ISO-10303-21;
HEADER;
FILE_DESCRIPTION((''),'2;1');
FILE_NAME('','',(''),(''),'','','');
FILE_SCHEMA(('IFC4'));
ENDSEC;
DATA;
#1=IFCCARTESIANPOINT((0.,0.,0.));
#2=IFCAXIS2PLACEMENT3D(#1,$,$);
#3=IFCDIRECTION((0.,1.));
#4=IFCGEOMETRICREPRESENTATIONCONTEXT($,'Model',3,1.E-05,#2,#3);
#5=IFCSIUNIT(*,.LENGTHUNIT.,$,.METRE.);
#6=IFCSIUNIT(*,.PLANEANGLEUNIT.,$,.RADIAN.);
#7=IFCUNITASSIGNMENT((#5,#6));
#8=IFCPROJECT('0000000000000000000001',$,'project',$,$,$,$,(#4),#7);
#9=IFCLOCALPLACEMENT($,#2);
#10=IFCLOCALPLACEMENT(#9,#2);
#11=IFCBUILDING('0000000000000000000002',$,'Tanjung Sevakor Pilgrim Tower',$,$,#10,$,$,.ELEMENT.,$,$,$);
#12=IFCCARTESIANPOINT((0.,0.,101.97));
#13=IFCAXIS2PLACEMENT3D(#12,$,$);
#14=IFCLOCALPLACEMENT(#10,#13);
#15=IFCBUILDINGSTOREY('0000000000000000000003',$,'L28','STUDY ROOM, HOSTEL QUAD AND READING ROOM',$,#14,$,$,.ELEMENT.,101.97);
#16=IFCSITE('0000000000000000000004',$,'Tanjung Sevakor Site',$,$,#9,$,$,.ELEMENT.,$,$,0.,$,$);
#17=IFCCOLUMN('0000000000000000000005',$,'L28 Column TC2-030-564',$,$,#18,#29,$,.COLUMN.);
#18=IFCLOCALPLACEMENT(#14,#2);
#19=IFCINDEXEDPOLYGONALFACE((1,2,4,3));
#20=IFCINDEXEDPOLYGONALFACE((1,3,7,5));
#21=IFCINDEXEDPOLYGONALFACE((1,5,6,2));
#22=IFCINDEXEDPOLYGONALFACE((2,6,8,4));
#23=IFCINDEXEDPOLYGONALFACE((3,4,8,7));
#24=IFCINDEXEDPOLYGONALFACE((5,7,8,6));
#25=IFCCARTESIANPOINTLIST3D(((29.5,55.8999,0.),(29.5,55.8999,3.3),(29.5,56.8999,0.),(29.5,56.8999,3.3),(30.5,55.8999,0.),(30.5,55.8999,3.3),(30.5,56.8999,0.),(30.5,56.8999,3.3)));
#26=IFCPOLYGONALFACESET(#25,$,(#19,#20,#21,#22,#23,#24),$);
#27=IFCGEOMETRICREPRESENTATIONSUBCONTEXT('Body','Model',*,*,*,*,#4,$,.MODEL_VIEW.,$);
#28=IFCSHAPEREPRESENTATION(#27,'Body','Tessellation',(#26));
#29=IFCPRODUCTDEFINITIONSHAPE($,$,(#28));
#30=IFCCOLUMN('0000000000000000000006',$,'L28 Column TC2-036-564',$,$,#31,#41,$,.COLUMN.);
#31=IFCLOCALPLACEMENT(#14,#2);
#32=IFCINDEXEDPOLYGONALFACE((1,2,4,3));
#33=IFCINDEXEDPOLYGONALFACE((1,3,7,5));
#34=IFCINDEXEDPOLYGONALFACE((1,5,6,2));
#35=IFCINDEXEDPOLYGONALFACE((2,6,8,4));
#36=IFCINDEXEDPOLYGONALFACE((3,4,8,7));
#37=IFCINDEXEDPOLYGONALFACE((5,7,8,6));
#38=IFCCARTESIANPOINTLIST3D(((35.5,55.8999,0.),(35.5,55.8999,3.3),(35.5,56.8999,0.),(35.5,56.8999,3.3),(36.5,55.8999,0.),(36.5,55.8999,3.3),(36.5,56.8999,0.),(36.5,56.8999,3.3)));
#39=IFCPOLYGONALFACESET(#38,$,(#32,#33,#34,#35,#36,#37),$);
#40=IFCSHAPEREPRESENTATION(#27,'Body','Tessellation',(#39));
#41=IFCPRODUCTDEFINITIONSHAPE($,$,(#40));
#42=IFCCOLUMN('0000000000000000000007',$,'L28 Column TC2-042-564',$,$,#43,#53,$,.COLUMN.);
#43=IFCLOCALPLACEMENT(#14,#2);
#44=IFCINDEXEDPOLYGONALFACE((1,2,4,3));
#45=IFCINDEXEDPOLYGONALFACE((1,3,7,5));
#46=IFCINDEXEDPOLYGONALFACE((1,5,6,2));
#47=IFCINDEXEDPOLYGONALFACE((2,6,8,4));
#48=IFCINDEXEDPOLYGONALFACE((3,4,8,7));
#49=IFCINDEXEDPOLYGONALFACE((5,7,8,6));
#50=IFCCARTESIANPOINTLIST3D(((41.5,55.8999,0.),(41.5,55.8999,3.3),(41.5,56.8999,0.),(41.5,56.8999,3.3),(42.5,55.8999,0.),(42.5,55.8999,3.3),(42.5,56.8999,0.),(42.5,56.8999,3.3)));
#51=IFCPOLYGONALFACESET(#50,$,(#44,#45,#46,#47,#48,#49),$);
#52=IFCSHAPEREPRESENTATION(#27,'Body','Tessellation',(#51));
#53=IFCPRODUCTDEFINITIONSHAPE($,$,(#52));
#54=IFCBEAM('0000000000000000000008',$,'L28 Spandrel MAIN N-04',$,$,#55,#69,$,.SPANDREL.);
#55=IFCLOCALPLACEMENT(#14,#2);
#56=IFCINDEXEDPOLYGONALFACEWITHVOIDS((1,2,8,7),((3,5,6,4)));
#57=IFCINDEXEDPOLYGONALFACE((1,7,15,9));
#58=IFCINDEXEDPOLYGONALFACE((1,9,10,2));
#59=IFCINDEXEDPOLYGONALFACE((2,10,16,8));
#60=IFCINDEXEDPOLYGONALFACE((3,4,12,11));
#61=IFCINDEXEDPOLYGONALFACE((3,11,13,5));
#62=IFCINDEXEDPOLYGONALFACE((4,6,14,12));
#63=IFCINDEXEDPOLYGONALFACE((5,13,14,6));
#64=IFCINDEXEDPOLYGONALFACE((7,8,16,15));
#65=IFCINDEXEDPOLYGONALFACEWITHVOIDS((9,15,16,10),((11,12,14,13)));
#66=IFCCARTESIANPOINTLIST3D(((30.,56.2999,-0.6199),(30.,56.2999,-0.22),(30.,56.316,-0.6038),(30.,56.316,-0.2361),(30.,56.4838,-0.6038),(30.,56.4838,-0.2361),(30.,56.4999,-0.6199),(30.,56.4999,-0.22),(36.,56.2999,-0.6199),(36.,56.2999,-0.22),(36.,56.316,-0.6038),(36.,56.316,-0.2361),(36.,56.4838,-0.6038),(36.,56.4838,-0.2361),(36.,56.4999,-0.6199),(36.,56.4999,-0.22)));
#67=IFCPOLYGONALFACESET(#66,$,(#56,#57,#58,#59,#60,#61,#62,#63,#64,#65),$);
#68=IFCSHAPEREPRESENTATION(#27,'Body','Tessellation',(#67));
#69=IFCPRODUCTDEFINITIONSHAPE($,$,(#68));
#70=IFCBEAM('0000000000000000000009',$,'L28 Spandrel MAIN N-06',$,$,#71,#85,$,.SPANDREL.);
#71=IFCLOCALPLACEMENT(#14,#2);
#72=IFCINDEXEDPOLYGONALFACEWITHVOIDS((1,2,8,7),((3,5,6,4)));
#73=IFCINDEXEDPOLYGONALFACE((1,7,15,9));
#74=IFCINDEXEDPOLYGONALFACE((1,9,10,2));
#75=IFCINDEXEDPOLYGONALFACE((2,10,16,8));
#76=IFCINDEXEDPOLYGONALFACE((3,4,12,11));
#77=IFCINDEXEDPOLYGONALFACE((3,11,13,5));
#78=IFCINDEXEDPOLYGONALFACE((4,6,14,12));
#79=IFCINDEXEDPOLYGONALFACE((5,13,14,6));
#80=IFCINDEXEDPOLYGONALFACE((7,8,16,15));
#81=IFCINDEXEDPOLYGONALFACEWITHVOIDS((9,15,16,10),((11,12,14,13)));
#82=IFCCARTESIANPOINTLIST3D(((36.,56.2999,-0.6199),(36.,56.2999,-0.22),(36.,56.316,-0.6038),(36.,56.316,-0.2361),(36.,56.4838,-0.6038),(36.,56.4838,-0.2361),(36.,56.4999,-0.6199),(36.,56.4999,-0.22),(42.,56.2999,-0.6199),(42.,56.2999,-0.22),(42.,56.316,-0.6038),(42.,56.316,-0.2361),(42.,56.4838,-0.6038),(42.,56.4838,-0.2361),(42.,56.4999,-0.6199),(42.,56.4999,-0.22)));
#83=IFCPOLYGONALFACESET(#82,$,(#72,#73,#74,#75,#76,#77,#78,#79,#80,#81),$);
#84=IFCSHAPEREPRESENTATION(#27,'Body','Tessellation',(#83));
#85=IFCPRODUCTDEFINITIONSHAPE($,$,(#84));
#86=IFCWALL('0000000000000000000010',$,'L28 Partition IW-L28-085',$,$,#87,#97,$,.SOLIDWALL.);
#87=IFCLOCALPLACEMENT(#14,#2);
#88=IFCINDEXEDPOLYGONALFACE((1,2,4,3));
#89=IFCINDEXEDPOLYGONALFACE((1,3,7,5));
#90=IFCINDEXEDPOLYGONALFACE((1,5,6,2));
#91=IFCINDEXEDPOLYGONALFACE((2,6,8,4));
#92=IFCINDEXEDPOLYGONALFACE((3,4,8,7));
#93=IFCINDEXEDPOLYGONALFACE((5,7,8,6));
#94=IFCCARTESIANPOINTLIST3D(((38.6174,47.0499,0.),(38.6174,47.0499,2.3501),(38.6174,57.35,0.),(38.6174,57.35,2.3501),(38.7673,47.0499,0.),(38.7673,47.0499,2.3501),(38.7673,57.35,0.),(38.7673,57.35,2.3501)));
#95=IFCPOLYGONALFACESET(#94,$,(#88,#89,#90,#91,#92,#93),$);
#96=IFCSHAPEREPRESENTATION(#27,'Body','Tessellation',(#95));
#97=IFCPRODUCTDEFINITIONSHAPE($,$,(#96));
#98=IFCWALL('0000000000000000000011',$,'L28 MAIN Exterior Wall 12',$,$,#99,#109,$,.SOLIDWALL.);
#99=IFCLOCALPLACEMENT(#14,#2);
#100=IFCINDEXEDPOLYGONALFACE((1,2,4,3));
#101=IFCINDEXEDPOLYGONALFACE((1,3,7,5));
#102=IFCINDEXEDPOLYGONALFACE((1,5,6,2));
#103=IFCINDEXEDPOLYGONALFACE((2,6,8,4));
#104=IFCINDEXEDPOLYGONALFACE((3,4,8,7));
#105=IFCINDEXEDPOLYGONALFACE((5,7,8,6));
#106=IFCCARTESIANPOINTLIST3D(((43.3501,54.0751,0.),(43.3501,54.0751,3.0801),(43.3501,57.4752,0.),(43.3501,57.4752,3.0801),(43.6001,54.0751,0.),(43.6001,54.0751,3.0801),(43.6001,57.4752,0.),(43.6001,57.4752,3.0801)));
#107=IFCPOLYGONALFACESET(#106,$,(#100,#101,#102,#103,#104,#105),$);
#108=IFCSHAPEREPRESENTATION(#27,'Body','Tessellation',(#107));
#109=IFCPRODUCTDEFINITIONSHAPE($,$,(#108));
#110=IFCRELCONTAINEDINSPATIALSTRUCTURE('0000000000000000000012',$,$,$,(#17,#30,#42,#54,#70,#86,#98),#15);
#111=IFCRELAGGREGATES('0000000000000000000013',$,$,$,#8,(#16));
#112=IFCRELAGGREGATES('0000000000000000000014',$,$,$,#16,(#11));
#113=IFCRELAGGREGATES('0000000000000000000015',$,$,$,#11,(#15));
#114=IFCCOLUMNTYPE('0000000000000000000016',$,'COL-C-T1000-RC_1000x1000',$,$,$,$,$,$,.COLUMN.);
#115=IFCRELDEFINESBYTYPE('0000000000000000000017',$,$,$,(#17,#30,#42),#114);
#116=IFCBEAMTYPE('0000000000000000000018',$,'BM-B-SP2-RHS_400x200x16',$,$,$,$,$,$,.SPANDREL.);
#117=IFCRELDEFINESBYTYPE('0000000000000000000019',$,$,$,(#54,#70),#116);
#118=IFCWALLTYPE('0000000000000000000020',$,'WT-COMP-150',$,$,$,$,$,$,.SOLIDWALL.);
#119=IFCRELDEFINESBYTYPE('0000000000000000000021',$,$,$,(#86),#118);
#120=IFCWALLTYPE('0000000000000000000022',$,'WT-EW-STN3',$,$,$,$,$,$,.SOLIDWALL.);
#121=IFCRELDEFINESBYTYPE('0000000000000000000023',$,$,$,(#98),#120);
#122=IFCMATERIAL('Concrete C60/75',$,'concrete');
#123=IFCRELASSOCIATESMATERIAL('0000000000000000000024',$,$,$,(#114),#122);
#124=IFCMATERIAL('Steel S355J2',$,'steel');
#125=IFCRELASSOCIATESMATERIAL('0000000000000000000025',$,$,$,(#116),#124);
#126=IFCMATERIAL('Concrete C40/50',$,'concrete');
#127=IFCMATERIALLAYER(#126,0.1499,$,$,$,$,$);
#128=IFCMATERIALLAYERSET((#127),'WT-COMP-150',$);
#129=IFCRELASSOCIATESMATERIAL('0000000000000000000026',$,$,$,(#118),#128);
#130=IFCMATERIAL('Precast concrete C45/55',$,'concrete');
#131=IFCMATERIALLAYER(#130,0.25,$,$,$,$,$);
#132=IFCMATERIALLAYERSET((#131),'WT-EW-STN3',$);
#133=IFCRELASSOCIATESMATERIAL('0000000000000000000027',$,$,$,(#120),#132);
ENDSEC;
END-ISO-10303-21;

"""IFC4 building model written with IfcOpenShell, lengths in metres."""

from ifc_helpers import new_model, si_unit, direction, frame, frame_2d, origin, origin_2d, place, context, subcontext, project, spatial, rectangle, hollow_rectangle, extrude, material, layer, layer_set, material_profile, profile_set, type_object, element, save


model = new_model("IFC4")

# Units and contexts
model_context = context("Model", 3, precision=1e-05, world=origin(), true_north=direction((0.0, 1.0)))
body_context = subcontext(model_context, "Body", "Model", "MODEL_VIEW")
ifc_project = project(units=[si_unit("LENGTHUNIT", "METRE"), si_unit("PLANEANGLEUNIT", "RADIAN")], contexts=[model_context])

# Site, building, storey
site_placement = place(None, origin())
site = spatial("IfcSite", under=ifc_project, at=site_placement, Name="Tanjung Sevakor Site", CompositionType="ELEMENT", RefElevation=0.0)
building_placement = place(site_placement, origin())
building = spatial("IfcBuilding", under=site, at=building_placement, Name="Tanjung Sevakor Pilgrim Tower", CompositionType="ELEMENT")
storey_placement = place(building_placement, frame((0.0, 0.0, 101.97)))
storey = spatial("IfcBuildingStorey", under=building, at=storey_placement, Name="L28", Description="STUDY ROOM, HOSTEL QUAD AND READING ROOM", CompositionType="ELEMENT", Elevation=101.97)

# Columns
ifc_material_1 = material(Name="Concrete C60/75", Category="concrete")
ifc_material_profile_1 = material_profile(ifc_material_1, rectangle(XDim=1.0, YDim=1.0, at=origin_2d()))
ifc_profile_set_1 = profile_set([ifc_material_profile_1], Name="Concrete C60/75")
column_type = type_object("IfcColumnType", Name="COL-C-T1000-RC_1000x1000", PredefinedType="COLUMN", material=ifc_profile_set_1)
for number, where, z_axis, x_axis, name in (
    (1, (30.0, 56.3999, 0.0), (0.0, 0.0, 1.0), (1.0, 0.0, 0.0), "L28 Column TC2-030-564"),
    (2, (36.0, 56.3999, 0.0), (0.0, 0.0, 1.0), (1.0, 0.0, 0.0), "L28 Column TC2-036-564"),
    (3, (42.0, 56.3999, 0.0), (0.0, 0.0, 1.0), (1.0, 0.0, 0.0), "L28 Column TC2-042-564"),
):
    element("IfcColumn", number, at=place(storey_placement, frame(where, z_axis=z_axis, x_axis=x_axis)), inside=storey, type_object=column_type, Name=name, PredefinedType="COLUMN", context=body_context, shape_type="SweptSolid", body=[
        extrude(rectangle(XDim=1.0, YDim=1.0, at=origin_2d()), origin(), (0.0, 0.0, 1.0), 3.3),
    ])

# Beams
ifc_material_2 = material(Name="Steel S355J2", Category="steel")
ifc_material_profile_2 = material_profile(ifc_material_2, hollow_rectangle(XDim=0.2, YDim=0.3999, WallThickness=0.0161, at=origin_2d()))
ifc_profile_set_2 = profile_set([ifc_material_profile_2], Name="Steel S355J2")
beam_type = type_object("IfcBeamType", Name="BM-B-SP2-RHS_400x200x16", PredefinedType="SPANDREL", material=ifc_profile_set_2)
for number, where, z_axis, x_axis, name in (
    (4, (30.0, 56.3999, -0.4199), (1.0, 0.0, 0.0), (0.0, 1.0, 0.0), "L28 Spandrel MAIN N-04"),
    (5, (36.0, 56.3999, -0.4199), (1.0, 0.0, 0.0), (0.0, 1.0, 0.0), "L28 Spandrel MAIN N-06"),
):
    element("IfcBeam", number, at=place(storey_placement, frame(where, z_axis=z_axis, x_axis=x_axis)), inside=storey, type_object=beam_type, Name=name, PredefinedType="SPANDREL", context=body_context, shape_type="SweptSolid", body=[
        extrude(hollow_rectangle(XDim=0.2, YDim=0.3999, WallThickness=0.0161, at=origin_2d()), origin(), (0.0, 0.0, 1.0), 6.0),
    ])

# Wall
ifc_material_3 = material(Name="Concrete C40/50", Category="concrete")
ifc_layer_1 = layer(ifc_material_3, 0.1499)
ifc_layer_set_1 = layer_set([ifc_layer_1], Name="WT-COMP-150")
wall_type_1 = type_object("IfcWallType", Name="WT-COMP-150", PredefinedType="SOLIDWALL", material=ifc_layer_set_1)
wall_1_placement = place(storey_placement, frame((38.6924, 47.05, 0.0), z_axis=(0.0, 0.0, 1.0), x_axis=(0.0, 1.0, 0.0)))
element("IfcWall", 6, at=wall_1_placement, inside=storey, type_object=wall_type_1, Name="L28 Partition IW-L28-085", PredefinedType="SOLIDWALL", context=body_context, shape_type="SweptSolid", body=[
    extrude(rectangle(XDim=10.3, YDim=0.1499, at=frame_2d((5.1499, 0.0))), origin(), (0.0, 0.0, 1.0), 2.3501),
])

# Wall
ifc_material_4 = material(Name="Precast concrete C45/55", Category="concrete")
ifc_layer_2 = layer(ifc_material_4, 0.25)
ifc_layer_set_2 = layer_set([ifc_layer_2], Name="WT-EW-STN3")
wall_type_2 = type_object("IfcWallType", Name="WT-EW-STN3", PredefinedType="SOLIDWALL", material=ifc_layer_set_2)
wall_2_placement = place(storey_placement, frame((43.4751, 54.075, 0.0), z_axis=(0.0, 0.0, 1.0), x_axis=(0.0, 1.0, 0.0)))
element("IfcWall", 7, at=wall_2_placement, inside=storey, type_object=wall_type_2, Name="L28 MAIN Exterior Wall 12", PredefinedType="SOLIDWALL", context=body_context, shape_type="SweptSolid", body=[
    extrude(rectangle(XDim=3.4001, YDim=0.25, at=frame_2d((1.7002, 0.0))), origin(), (0.0, 0.0, 1.0), 3.0801),
])

save(model, "model.ifc")
